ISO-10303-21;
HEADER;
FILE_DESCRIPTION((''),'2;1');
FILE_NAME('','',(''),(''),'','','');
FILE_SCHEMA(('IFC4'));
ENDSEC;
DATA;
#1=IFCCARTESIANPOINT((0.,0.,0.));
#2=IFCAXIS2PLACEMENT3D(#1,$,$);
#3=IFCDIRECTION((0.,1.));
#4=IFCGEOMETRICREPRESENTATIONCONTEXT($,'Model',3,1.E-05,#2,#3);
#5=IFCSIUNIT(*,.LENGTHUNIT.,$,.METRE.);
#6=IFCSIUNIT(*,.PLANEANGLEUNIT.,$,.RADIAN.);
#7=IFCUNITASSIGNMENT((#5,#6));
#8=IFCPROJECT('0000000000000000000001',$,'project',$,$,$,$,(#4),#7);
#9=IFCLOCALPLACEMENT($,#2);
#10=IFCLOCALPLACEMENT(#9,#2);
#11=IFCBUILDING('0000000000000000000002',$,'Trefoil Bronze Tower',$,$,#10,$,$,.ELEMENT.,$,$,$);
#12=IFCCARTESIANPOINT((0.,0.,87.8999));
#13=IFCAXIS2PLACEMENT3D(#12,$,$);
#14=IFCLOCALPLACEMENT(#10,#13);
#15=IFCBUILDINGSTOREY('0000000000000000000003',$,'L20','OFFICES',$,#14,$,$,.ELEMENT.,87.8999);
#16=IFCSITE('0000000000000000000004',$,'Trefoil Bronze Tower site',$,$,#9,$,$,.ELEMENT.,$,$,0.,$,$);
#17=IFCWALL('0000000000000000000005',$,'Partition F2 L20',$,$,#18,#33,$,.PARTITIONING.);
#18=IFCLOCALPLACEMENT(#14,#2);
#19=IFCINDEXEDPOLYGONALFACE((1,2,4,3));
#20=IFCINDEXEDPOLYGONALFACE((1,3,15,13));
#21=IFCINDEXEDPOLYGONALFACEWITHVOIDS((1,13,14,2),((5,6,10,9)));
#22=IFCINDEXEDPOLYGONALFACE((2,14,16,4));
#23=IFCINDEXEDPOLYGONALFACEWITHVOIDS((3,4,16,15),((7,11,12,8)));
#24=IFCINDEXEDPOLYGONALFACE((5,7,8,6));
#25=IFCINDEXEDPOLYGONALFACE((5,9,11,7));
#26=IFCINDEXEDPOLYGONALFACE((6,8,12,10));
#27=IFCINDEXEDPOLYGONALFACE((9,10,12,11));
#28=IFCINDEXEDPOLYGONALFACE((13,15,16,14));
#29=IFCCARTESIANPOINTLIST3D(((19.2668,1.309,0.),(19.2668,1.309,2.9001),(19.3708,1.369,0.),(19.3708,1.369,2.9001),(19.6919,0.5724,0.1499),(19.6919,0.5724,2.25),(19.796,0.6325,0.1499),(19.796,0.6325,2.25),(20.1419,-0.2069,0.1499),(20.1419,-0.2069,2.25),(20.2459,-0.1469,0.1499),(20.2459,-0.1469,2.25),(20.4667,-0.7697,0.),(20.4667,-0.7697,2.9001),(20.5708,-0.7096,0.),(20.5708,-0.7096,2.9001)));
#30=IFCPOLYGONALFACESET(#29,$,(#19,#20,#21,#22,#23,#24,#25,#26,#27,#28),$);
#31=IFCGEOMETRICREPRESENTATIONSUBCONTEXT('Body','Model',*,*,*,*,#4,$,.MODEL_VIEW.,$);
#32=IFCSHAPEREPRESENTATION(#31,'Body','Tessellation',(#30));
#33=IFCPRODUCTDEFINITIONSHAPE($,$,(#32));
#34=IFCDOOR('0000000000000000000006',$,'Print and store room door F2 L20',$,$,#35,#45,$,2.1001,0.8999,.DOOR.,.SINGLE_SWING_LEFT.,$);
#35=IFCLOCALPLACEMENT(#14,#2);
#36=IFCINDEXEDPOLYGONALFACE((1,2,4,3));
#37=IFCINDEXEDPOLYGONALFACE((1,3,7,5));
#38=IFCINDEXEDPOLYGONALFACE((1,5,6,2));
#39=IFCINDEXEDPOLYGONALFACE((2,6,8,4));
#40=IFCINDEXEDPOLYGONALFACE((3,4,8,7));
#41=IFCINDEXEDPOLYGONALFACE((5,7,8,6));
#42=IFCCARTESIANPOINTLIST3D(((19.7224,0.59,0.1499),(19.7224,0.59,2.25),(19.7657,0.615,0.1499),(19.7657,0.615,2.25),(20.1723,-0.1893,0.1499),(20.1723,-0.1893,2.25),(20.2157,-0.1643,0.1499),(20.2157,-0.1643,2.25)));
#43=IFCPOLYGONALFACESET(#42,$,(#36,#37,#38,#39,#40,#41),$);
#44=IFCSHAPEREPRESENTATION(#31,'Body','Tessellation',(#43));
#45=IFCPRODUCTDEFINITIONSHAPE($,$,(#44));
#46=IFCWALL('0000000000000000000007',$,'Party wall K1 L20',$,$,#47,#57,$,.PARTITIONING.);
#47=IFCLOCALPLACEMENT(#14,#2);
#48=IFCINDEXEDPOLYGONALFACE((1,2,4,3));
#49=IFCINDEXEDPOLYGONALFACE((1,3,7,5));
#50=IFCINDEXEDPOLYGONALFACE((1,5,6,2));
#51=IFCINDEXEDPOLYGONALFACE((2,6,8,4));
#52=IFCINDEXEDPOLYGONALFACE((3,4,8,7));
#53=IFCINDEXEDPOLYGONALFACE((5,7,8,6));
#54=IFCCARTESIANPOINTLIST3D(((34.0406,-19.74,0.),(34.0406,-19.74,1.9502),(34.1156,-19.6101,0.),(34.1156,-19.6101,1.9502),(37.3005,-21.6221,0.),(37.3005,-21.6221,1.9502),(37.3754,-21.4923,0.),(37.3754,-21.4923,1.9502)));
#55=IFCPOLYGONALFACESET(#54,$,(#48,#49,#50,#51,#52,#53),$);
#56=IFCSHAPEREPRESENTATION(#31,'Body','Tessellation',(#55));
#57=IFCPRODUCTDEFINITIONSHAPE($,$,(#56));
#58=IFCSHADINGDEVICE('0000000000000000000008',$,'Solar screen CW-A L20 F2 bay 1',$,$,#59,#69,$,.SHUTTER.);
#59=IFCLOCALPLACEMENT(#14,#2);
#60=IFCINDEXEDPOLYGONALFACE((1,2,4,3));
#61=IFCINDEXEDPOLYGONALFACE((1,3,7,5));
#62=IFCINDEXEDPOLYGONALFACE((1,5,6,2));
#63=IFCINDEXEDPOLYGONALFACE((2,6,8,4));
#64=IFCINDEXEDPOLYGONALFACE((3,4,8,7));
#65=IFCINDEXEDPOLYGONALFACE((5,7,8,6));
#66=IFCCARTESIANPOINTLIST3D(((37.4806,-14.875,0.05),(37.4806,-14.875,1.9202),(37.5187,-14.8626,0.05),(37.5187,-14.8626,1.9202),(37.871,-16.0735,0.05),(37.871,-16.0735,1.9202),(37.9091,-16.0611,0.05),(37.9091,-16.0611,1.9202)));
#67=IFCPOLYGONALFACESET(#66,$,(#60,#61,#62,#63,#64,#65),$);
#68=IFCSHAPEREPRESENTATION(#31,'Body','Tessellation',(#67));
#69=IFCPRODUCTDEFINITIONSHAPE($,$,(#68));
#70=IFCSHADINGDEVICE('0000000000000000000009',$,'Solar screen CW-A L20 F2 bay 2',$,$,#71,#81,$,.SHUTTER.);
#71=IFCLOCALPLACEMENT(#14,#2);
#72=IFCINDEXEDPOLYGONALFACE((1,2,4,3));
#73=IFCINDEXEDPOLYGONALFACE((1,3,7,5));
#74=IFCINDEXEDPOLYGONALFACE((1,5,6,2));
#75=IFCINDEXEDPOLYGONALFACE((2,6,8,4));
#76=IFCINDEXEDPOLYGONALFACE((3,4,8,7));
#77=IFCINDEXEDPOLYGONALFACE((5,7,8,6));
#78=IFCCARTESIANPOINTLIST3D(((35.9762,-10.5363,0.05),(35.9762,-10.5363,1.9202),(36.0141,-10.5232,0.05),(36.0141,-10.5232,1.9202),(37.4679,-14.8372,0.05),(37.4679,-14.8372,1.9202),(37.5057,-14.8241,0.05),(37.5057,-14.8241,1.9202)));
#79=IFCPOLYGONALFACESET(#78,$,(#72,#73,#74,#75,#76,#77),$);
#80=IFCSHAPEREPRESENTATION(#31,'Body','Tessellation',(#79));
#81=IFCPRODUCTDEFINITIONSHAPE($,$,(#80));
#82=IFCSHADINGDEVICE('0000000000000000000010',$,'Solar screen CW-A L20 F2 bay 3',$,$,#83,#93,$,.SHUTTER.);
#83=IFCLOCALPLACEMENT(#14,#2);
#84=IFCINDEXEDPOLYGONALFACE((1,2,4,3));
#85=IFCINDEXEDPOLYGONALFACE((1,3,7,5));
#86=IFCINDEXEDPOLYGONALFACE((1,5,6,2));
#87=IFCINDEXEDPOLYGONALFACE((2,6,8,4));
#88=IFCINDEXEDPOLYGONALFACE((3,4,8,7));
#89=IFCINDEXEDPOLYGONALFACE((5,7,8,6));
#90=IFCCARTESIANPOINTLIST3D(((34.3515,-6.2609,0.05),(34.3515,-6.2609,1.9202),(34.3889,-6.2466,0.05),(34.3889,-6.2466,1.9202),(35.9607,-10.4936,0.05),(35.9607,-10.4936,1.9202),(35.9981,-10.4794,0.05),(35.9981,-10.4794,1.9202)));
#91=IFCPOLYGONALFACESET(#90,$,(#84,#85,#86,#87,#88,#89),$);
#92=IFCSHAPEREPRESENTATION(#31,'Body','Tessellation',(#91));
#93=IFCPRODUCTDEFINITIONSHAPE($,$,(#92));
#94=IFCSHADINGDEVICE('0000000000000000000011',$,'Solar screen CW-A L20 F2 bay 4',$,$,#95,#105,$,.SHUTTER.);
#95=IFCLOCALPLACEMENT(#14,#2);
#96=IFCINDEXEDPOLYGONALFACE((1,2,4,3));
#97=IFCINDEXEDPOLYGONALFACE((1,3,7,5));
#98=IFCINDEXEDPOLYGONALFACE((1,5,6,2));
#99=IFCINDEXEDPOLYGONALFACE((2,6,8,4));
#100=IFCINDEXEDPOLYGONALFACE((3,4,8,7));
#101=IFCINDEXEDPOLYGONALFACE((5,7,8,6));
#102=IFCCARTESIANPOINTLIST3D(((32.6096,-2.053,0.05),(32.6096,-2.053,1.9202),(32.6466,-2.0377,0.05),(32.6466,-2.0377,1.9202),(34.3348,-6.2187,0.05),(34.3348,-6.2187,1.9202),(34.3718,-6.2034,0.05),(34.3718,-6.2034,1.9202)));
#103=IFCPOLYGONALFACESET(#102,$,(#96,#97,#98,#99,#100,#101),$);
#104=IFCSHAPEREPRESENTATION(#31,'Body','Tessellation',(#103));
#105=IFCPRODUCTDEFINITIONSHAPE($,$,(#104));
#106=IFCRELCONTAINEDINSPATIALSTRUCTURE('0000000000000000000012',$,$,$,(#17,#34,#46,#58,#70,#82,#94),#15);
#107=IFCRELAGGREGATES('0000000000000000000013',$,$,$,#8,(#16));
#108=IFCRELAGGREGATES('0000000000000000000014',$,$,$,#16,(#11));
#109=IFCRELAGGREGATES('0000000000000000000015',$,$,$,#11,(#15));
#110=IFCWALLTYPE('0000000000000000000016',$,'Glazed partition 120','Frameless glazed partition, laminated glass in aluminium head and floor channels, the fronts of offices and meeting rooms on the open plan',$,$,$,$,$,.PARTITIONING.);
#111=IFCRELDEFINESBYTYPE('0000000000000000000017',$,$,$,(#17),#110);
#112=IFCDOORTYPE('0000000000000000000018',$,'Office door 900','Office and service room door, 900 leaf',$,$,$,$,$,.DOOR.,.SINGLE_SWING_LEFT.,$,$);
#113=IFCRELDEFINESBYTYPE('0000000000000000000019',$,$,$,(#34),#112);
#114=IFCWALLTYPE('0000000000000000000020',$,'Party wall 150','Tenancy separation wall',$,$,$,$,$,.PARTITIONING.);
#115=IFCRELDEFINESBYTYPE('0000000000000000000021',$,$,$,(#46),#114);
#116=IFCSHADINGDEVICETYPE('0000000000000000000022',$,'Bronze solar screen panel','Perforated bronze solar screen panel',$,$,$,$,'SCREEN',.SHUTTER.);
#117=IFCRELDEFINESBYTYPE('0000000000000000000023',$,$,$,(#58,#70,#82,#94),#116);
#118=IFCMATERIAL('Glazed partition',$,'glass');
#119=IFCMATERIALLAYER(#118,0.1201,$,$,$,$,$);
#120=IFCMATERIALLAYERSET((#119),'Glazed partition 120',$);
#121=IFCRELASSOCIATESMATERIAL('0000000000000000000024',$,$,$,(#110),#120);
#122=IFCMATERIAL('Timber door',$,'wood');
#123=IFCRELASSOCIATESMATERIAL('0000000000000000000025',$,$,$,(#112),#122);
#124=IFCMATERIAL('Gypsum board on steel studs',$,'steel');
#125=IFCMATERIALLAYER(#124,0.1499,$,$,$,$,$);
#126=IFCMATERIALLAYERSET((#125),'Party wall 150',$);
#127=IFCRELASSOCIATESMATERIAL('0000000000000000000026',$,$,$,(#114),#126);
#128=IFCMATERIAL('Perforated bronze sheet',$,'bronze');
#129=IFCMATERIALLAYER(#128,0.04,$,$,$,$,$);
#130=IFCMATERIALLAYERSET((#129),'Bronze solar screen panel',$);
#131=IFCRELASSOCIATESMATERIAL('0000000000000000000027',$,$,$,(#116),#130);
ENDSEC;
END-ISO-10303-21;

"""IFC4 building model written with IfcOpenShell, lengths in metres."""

from ifc_helpers import new_model, si_unit, direction, frame, frame_2d, origin, origin_2d, place, context, subcontext, project, spatial, rectangle, extrude, material, layer, layer_set, type_object, element, fill, save


model = new_model("IFC4")

# Units and contexts
model_context = context("Model", 3, precision=1e-05, world=origin(), true_north=direction((0.0, 1.0)))
body_context = subcontext(model_context, "Body", "Model", "MODEL_VIEW")
ifc_project = project(units=[si_unit("LENGTHUNIT", "METRE"), si_unit("PLANEANGLEUNIT", "RADIAN")], contexts=[model_context])

# Site, building, storey
site_placement = place(None, origin())
site = spatial("IfcSite", under=ifc_project, at=site_placement, Name="Trefoil Bronze Tower site", CompositionType="ELEMENT", RefElevation=0.0)
building_placement = place(site_placement, origin())
building = spatial("IfcBuilding", under=site, at=building_placement, Name="Trefoil Bronze Tower", CompositionType="ELEMENT")
storey_placement = place(building_placement, frame((0.0, 0.0, 87.8999)))
storey = spatial("IfcBuildingStorey", under=building, at=storey_placement, Name="L20", Description="OFFICES", CompositionType="ELEMENT", Elevation=87.8999)

# Wall, opening, door
ifc_material_1 = material(Name="Glazed partition", Category="glass")
ifc_layer_1 = layer(ifc_material_1, 0.1201)
ifc_layer_set_1 = layer_set([ifc_layer_1], Name="Glazed partition 120")
wall_type_1 = type_object("IfcWallType", Name="Glazed partition 120", Description="Frameless glazed partition, laminated glass in aluminium head and floor channels, the fronts of offices and meeting rooms on the open plan", PredefinedType="PARTITIONING", material=ifc_layer_set_1)
wall_1_placement = place(storey_placement, frame((20.5188, -0.7397, 0.0), z_axis=(0.0, 0.0, 1.0), x_axis=(-0.499957, 0.86605, 0.0)))
wall_1 = element("IfcWall", 1, at=wall_1_placement, inside=storey, type_object=wall_type_1, Name="Partition F2 L20", PredefinedType="PARTITIONING", context=body_context, shape_type="SweptSolid", body=[
    extrude(rectangle(XDim=2.4001, YDim=0.1201, at=frame_2d((1.2002, 0.0))), origin(), (0.0, 0.0, 1.0), 2.9001),
])
opening_placement = place(wall_1_placement, frame((0.6499, 0.0, 0.1499)))
opening = element("IfcOpeningElement", 2, at=opening_placement, cuts=wall_1, PredefinedType="OPENING", context=body_context, shape_type="SweptSolid", body=[
    extrude(rectangle(XDim=0.8999, YDim=2.1001, at=frame_2d((0.45, 1.05))), frame((0.0, 0.0701, 0.0), z_axis=(0.0, -1.0, 0.0), x_axis=(1.0, 0.0, 0.0)), (0.0, 0.0, 1.0), 0.1401),
])
ifc_material_2 = material(Name="Timber door", Category="wood")
door_type = type_object("IfcDoorType", Name="Office door 900", Description="Office and service room door, 900 leaf", OperationType="SINGLE_SWING_LEFT", PredefinedType="DOOR", material=ifc_material_2)
door_placement = place(opening_placement, origin())
door = element("IfcDoor", 3, at=door_placement, inside=storey, type_object=door_type, Name="Print and store room door F2 L20", OperationType="SINGLE_SWING_LEFT", OverallHeight=2.1001, OverallWidth=0.8999, PredefinedType="DOOR", context=body_context, shape_type="SweptSolid", body=[
    extrude(rectangle(XDim=0.8999, YDim=2.1001, at=frame_2d((0.45, 1.05))), frame((0.0, 0.0249, 0.0), z_axis=(0.0, -1.0, 0.0), x_axis=(1.0, 0.0, 0.0)), (0.0, 0.0, 1.0), 0.05),
])
fill(opening, door)

# Wall
ifc_material_3 = material(Name="Gypsum board on steel studs", Category="steel")
ifc_layer_2 = layer(ifc_material_3, 0.1499)
ifc_layer_set_2 = layer_set([ifc_layer_2], Name="Party wall 150")
wall_type_2 = type_object("IfcWallType", Name="Party wall 150", Description="Tenancy separation wall", PredefinedType="PARTITIONING", material=ifc_layer_set_2)
wall_2_placement = place(storey_placement, frame((34.0781, -19.675, 0.0), z_axis=(0.0, 0.0, 1.0), x_axis=(0.866019, -0.500011, 0.0)))
element("IfcWall", 4, at=wall_2_placement, inside=storey, type_object=wall_type_2, Name="Party wall K1 L20", PredefinedType="PARTITIONING", context=body_context, shape_type="SweptSolid", body=[
    extrude(rectangle(XDim=3.7642, YDim=0.1499, at=frame_2d((1.8821, 0.0))), origin(), (0.0, 0.0, 1.0), 1.9502),
])

# Shading devices
ifc_material_4 = material(Name="Perforated bronze sheet", Category="bronze")
ifc_layer_3 = layer(ifc_material_4, 0.04)
ifc_layer_set_3 = layer_set([ifc_layer_3], Name="Bronze solar screen panel")
shading_device_type = type_object("IfcShadingDeviceType", Name="Bronze solar screen panel", Description="Perforated bronze solar screen panel", ElementType="SCREEN", PredefinedType="SHUTTER", material=ifc_layer_set_3)
shading_device_1_placement = place(storey_placement, frame((37.6948, -15.468, 0.05), z_axis=(0.0, 0.0, 1.0), x_axis=(-0.309728, 0.950825, 0.0)))
element("IfcShadingDevice", 5, at=shading_device_1_placement, inside=storey, type_object=shading_device_type, Name="Solar screen CW-A L20 F2 bay 1", PredefinedType="SHUTTER", context=body_context, shape_type="SweptSolid", body=[
    extrude(rectangle(XDim=1.2605, YDim=0.04, at=origin_2d()), origin(), (0.0, 0.0, 1.0), 1.8701),
])
shading_device_2_placement = place(storey_placement, frame((36.741, -12.6802, 0.05), z_axis=(0.0, 0.0, 1.0), x_axis=(-0.327674, 0.944791, 0.0)))
element("IfcShadingDevice", 6, at=shading_device_2_placement, inside=storey, type_object=shading_device_type, Name="Solar screen CW-A L20 F2 bay 2", PredefinedType="SHUTTER", context=body_context, shape_type="SweptSolid", body=[
    extrude(rectangle(XDim=4.5522, YDim=0.04, at=origin_2d()), origin(), (0.0, 0.0, 1.0), 1.8701),
])
shading_device_3_placement = place(storey_placement, frame((35.1748, -8.3701, 0.05), z_axis=(0.0, 0.0, 1.0), x_axis=(-0.355371, 0.934725, 0.0)))
element("IfcShadingDevice", 7, at=shading_device_3_placement, inside=storey, type_object=shading_device_type, Name="Solar screen CW-A L20 F2 bay 3", PredefinedType="SHUTTER", context=body_context, shape_type="SweptSolid", body=[
    extrude(rectangle(XDim=4.5283, YDim=0.04, at=origin_2d()), origin(), (0.0, 0.0, 1.0), 1.8701),
])
shading_device_4_placement = place(storey_placement, frame((33.4907, -4.1282, 0.05), z_axis=(0.0, 0.0, 1.0), x_axis=(-0.38263, 0.923902, 0.0)))
element("IfcShadingDevice", 8, at=shading_device_4_placement, inside=storey, type_object=shading_device_type, Name="Solar screen CW-A L20 F2 bay 4", PredefinedType="SHUTTER", context=body_context, shape_type="SweptSolid", body=[
    extrude(rectangle(XDim=4.5088, YDim=0.04, at=origin_2d()), origin(), (0.0, 0.0, 1.0), 1.8701),
])

save(model, "model.ifc")
